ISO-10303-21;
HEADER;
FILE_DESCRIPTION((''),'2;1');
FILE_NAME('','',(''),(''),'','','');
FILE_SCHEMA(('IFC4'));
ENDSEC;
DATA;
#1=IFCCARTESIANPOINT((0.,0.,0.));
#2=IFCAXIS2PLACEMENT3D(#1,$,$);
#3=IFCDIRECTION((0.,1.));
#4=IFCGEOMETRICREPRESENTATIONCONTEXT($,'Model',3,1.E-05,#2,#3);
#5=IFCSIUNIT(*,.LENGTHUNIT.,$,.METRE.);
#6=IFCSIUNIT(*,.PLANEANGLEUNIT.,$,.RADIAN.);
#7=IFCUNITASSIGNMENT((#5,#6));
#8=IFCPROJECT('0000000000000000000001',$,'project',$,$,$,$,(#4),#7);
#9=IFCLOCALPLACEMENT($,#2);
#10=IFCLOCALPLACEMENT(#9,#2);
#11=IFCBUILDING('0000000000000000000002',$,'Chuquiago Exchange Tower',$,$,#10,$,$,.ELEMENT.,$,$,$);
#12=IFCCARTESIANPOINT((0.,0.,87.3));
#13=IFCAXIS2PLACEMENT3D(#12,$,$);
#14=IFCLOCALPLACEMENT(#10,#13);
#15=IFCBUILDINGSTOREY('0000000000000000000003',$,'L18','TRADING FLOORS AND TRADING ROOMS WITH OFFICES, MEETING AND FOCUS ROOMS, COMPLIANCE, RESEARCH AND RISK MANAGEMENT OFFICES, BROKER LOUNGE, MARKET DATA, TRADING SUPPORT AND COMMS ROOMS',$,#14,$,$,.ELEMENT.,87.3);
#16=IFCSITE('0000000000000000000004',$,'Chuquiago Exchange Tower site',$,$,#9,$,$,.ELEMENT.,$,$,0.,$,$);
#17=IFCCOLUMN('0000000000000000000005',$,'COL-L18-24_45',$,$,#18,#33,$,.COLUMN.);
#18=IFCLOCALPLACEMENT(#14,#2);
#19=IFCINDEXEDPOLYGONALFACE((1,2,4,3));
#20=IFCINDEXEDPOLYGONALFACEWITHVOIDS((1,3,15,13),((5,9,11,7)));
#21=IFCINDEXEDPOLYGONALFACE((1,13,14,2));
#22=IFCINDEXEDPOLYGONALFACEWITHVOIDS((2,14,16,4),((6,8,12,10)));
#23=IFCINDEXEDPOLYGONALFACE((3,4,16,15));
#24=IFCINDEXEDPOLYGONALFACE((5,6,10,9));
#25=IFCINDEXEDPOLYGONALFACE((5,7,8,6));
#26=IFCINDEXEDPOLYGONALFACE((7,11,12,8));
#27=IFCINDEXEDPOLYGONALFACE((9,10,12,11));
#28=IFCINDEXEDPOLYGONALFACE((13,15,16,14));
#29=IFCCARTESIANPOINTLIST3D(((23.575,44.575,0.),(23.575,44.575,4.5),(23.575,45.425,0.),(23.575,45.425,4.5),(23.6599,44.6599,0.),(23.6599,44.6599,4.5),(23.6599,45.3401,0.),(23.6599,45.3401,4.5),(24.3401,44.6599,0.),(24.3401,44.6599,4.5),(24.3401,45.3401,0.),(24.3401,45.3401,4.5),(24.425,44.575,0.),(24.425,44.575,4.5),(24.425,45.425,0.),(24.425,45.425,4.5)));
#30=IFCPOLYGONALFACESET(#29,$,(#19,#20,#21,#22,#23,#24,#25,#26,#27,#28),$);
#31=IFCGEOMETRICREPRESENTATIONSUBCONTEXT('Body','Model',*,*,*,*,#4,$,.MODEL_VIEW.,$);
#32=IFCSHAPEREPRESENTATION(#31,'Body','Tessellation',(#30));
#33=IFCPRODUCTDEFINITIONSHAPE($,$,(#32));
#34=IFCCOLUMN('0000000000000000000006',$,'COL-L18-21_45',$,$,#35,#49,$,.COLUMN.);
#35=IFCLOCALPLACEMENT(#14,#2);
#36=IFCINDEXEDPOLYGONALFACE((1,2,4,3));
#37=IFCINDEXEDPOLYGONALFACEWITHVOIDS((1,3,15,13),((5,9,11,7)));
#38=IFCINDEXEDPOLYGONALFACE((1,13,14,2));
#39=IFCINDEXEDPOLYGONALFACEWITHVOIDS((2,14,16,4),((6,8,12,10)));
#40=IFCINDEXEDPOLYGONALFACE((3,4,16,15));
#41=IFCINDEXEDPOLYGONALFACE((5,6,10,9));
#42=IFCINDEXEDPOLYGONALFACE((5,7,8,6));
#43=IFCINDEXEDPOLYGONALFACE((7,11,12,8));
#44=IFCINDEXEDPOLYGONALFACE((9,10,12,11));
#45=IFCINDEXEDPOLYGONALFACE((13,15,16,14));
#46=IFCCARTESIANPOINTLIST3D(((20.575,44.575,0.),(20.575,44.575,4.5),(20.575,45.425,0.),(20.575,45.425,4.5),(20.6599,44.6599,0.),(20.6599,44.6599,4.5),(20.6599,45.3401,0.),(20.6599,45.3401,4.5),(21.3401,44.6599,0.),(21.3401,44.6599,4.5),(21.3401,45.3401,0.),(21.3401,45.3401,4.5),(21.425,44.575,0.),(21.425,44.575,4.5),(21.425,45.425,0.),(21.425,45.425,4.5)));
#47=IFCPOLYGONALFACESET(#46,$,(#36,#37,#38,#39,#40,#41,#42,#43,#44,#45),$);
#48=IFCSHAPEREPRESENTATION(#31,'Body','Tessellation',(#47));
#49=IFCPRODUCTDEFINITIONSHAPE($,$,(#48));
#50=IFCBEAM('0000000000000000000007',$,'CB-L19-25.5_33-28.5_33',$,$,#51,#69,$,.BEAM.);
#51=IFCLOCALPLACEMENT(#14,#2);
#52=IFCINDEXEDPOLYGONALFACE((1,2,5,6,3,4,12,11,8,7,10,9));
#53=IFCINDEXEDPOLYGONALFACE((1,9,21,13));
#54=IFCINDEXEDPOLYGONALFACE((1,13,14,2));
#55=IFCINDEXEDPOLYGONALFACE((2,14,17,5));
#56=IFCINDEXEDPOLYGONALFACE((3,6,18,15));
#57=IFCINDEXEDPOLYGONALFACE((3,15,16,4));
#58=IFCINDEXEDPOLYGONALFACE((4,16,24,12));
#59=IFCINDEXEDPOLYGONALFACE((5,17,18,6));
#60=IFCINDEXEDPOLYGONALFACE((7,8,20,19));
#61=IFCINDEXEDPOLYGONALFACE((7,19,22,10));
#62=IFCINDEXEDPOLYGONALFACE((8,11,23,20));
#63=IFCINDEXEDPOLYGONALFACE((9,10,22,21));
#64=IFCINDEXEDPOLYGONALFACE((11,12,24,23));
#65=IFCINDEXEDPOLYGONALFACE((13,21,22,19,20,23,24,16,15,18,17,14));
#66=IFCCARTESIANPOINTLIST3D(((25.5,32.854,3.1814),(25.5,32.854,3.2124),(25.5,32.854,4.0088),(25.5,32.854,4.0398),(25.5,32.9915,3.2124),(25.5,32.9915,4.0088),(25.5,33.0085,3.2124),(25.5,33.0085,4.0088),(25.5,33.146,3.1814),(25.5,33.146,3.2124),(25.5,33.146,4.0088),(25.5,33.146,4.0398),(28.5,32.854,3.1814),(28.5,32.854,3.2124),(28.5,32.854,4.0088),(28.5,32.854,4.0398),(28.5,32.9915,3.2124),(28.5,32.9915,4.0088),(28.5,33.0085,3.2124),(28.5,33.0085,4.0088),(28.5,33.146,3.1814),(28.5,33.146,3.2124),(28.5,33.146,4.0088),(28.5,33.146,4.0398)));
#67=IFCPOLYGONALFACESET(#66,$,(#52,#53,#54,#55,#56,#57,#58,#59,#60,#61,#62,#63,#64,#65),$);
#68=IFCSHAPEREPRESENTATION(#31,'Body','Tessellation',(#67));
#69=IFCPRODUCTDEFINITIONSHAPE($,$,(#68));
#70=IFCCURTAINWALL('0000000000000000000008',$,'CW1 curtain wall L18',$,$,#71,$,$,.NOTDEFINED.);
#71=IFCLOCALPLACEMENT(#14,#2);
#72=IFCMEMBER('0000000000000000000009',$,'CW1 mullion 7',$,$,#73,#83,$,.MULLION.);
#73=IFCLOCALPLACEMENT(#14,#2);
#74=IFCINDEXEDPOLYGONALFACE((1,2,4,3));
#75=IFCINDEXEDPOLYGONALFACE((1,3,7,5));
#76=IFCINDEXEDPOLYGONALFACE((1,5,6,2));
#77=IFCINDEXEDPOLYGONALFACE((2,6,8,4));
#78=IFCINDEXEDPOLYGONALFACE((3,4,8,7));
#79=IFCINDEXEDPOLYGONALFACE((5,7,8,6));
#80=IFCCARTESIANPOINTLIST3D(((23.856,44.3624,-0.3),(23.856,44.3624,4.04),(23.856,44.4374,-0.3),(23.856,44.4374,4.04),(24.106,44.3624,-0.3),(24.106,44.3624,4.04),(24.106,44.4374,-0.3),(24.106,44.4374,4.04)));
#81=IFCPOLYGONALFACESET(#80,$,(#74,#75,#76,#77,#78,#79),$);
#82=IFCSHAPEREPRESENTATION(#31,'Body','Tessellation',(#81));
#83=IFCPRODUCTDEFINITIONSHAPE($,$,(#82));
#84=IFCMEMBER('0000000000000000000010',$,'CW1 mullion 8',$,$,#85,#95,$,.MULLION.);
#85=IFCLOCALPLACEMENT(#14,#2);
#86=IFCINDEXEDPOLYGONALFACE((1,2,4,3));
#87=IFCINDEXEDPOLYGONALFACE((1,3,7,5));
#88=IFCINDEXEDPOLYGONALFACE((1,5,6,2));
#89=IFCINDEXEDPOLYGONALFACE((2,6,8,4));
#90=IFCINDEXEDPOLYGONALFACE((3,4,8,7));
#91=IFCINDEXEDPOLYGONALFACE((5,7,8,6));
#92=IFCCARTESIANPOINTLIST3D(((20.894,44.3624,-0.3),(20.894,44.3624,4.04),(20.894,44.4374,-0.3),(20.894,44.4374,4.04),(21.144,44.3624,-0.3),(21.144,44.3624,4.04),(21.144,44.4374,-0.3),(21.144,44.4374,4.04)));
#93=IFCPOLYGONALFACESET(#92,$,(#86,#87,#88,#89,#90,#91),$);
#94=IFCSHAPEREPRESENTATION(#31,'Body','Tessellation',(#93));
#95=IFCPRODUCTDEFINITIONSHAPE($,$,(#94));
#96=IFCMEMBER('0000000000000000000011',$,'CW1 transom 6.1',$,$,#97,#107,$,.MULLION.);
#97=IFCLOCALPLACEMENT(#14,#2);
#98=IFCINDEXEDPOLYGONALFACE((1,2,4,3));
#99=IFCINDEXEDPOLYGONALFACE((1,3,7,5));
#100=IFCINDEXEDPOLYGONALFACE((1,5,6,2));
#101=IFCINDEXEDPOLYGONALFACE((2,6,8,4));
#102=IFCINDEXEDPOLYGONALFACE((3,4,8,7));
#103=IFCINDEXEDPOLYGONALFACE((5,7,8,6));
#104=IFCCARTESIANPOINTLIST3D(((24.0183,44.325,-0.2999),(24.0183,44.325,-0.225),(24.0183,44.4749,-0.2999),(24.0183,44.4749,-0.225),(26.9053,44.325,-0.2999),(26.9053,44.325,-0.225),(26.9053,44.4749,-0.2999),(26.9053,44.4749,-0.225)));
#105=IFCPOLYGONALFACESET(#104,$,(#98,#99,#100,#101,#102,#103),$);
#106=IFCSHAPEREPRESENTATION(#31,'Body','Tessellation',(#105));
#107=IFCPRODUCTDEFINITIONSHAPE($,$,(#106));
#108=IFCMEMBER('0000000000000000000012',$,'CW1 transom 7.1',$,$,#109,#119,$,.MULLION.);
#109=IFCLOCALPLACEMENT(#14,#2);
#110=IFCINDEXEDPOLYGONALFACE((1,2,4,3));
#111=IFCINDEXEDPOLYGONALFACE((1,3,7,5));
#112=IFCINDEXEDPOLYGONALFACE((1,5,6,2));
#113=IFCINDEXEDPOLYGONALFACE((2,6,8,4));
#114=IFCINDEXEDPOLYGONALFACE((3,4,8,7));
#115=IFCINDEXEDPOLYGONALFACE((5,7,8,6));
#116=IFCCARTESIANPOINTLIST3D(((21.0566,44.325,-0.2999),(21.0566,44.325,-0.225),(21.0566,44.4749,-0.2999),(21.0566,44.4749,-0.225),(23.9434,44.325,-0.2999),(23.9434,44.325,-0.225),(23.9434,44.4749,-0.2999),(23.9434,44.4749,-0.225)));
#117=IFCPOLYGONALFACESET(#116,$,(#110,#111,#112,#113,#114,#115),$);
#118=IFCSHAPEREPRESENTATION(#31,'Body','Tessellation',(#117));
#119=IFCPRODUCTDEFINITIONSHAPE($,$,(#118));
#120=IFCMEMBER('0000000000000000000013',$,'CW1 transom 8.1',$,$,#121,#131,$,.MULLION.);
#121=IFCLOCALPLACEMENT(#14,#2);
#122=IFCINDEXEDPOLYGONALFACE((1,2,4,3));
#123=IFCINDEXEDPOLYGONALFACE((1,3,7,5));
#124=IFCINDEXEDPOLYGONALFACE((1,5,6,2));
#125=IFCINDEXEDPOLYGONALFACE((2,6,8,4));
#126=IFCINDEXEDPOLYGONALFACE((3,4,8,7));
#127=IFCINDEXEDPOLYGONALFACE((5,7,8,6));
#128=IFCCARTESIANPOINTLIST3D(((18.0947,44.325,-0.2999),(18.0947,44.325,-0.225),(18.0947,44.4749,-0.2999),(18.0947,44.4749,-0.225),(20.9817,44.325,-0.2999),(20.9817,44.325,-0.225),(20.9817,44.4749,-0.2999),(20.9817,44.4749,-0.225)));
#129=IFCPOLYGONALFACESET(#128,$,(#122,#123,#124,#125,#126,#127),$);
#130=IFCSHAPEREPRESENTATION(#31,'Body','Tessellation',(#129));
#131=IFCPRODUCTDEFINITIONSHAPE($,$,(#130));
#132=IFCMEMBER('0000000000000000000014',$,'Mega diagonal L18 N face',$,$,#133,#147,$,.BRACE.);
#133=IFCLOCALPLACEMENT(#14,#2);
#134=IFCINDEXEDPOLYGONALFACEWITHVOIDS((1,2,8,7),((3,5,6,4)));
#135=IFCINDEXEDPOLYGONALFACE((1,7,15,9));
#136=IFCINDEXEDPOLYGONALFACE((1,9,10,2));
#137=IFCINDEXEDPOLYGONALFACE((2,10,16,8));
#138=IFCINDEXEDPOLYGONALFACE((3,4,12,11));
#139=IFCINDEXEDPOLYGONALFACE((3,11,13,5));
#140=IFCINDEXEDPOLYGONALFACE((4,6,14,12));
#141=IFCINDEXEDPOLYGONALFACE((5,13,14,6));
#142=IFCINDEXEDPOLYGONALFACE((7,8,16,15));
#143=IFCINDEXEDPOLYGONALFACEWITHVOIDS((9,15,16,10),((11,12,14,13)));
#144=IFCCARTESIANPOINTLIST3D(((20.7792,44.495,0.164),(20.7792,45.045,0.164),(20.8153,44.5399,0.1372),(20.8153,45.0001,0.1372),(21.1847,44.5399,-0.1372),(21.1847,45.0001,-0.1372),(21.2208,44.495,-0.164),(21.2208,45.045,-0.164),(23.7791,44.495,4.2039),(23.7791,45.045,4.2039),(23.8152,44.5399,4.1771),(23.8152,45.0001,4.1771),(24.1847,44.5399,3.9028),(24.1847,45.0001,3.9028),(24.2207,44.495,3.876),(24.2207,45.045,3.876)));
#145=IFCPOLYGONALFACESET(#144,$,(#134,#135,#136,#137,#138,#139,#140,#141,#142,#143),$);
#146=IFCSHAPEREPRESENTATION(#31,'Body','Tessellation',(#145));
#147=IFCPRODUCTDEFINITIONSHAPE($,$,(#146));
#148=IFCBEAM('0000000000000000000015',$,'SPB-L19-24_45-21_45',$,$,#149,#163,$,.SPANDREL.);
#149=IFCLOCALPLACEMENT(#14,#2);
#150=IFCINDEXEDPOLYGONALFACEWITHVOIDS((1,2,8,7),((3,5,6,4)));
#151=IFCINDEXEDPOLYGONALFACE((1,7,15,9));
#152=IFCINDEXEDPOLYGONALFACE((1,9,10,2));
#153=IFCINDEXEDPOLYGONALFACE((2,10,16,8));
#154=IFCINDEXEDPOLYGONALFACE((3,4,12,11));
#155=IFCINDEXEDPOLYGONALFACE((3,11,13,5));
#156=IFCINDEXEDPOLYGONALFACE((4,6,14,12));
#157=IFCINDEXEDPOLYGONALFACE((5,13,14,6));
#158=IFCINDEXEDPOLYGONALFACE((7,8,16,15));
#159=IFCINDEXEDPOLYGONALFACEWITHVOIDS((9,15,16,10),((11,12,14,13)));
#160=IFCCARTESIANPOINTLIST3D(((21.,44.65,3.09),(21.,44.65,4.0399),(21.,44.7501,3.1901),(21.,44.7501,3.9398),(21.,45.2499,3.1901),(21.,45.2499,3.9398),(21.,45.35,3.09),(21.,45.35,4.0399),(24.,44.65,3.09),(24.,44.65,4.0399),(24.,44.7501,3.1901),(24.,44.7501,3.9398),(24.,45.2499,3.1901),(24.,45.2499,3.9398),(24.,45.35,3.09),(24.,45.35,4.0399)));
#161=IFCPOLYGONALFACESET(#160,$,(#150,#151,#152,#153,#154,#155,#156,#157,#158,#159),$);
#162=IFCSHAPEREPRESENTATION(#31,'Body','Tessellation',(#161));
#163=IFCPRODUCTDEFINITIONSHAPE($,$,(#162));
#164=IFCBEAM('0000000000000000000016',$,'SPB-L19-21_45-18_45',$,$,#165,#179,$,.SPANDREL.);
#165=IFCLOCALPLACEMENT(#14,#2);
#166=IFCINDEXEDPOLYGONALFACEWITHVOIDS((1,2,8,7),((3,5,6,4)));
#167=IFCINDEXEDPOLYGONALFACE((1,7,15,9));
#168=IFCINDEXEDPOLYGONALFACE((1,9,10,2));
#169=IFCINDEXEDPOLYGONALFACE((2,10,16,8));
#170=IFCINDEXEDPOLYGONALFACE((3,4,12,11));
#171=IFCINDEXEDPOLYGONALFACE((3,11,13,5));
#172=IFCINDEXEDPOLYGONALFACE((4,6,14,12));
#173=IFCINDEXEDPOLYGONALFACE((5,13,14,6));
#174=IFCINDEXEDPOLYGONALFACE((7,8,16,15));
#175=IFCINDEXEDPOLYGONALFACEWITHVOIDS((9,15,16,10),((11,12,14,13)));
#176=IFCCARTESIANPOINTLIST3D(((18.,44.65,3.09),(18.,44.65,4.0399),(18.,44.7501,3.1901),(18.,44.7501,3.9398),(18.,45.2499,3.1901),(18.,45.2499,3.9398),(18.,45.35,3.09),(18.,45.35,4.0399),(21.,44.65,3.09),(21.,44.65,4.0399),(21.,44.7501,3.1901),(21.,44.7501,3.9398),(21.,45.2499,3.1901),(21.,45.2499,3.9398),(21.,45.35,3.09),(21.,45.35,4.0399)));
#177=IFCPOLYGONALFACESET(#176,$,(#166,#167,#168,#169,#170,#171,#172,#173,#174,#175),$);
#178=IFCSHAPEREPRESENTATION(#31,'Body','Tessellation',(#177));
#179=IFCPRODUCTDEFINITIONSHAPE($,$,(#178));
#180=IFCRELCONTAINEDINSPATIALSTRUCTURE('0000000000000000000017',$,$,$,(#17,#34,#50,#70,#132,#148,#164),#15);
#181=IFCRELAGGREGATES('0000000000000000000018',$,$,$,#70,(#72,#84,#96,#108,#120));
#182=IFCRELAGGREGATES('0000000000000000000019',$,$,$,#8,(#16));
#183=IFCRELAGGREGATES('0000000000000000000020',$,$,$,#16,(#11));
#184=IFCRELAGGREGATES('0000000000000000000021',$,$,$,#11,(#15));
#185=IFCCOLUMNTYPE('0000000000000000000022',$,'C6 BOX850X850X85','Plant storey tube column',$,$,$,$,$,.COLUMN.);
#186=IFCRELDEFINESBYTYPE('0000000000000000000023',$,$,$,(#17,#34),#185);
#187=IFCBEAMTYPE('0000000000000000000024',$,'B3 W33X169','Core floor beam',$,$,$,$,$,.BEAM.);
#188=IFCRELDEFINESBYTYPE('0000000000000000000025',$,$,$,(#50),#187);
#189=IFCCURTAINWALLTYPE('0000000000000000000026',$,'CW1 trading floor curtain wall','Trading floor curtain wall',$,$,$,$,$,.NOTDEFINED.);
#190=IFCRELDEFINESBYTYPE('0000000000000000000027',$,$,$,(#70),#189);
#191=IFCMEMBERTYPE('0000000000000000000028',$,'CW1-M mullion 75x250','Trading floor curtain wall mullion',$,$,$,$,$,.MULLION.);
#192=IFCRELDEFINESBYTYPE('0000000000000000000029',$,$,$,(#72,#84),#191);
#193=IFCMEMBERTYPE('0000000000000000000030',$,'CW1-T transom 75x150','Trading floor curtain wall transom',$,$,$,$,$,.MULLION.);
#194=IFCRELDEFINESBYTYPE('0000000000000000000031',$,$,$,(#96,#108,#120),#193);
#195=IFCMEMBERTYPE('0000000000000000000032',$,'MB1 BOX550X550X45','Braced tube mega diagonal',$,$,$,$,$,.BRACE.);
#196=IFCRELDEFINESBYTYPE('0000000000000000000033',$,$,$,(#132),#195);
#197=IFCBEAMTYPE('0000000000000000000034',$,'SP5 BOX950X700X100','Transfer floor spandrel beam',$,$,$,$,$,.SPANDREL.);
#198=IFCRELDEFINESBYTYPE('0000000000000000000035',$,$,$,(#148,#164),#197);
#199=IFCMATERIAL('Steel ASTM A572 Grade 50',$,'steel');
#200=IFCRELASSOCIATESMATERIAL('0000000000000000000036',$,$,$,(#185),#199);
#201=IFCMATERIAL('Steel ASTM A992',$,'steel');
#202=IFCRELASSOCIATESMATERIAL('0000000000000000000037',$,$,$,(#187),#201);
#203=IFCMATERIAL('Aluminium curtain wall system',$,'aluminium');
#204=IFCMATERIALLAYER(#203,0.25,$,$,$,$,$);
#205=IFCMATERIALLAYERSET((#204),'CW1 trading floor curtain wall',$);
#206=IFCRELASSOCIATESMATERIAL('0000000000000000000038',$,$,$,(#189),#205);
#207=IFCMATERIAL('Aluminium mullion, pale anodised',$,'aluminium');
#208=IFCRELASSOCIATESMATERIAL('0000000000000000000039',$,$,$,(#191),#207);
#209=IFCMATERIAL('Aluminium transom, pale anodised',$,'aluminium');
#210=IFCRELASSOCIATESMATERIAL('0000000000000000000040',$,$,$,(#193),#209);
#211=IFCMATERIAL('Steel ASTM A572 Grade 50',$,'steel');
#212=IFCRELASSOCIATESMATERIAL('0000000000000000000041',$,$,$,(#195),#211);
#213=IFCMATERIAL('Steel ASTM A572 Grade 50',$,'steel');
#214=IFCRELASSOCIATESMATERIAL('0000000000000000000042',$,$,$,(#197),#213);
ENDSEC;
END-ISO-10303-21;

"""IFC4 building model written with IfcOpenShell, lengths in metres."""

from ifc_helpers import new_model, si_unit, direction, frame, origin, origin_2d, place, context, subcontext, project, spatial, rectangle, hollow_rectangle, i_section, extrude, material, layer, layer_set, material_profile, profile_set, type_object, element, aggregate, save


model = new_model("IFC4")

# Units and contexts
model_context = context("Model", 3, precision=1e-05, world=origin(), true_north=direction((0.0, 1.0)))
body_context = subcontext(model_context, "Body", "Model", "MODEL_VIEW")
ifc_project = project(units=[si_unit("LENGTHUNIT", "METRE"), si_unit("PLANEANGLEUNIT", "RADIAN")], contexts=[model_context])

# Site, building, storey
site_placement = place(None, origin())
site = spatial("IfcSite", under=ifc_project, at=site_placement, Name="Chuquiago Exchange Tower site", CompositionType="ELEMENT", RefElevation=0.0)
building_placement = place(site_placement, origin())
building = spatial("IfcBuilding", under=site, at=building_placement, Name="Chuquiago Exchange Tower", CompositionType="ELEMENT")
storey_placement = place(building_placement, frame((0.0, 0.0, 87.3)))
storey = spatial("IfcBuildingStorey", under=building, at=storey_placement, Name="L18", Description="TRADING FLOORS AND TRADING ROOMS WITH OFFICES, MEETING AND FOCUS ROOMS, COMPLIANCE, RESEARCH AND RISK MANAGEMENT OFFICES, BROKER LOUNGE, MARKET DATA, TRADING SUPPORT AND COMMS ROOMS", CompositionType="ELEMENT", Elevation=87.3)

# Columns
ifc_material_1 = material(Name="Steel ASTM A572 Grade 50", Category="steel")
ifc_material_profile_1 = material_profile(ifc_material_1, hollow_rectangle(XDim=0.8501, YDim=0.8501, WallThickness=0.085, at=origin_2d()), Name="BOX850X850X85")
ifc_profile_set_1 = profile_set([ifc_material_profile_1], Name="Steel ASTM A572 Grade 50")
column_type = type_object("IfcColumnType", Name="C6 BOX850X850X85", Description="Plant storey tube column", PredefinedType="COLUMN", material=ifc_profile_set_1)
for number, where, z_axis, x_axis, name in (
    (1, (24.0, 45.0, 0.0), (0.0, 0.0, 1.0), (0.0, 1.0, 0.0), "COL-L18-24_45"),
    (2, (21.0, 45.0, 0.0), (0.0, 0.0, 1.0), (0.0, 1.0, 0.0), "COL-L18-21_45"),
):
    element("IfcColumn", number, at=place(storey_placement, frame(where, z_axis=z_axis, x_axis=x_axis)), inside=storey, type_object=column_type, Name=name, PredefinedType="COLUMN", context=body_context, shape_type="SweptSolid", body=[
        extrude(hollow_rectangle(XDim=0.8501, YDim=0.8501, WallThickness=0.085, at=origin_2d()), origin(), (0.0, 0.0, 1.0), 4.5),
    ])

# Beam
ifc_material_2 = material(Name="Steel ASTM A992", Category="steel")
ifc_material_profile_2 = material_profile(ifc_material_2, i_section(OverallWidth=0.292, OverallDepth=0.8584, WebThickness=0.0171, FlangeThickness=0.031, at=origin_2d()), Name="W33X169")
ifc_profile_set_2 = profile_set([ifc_material_profile_2], Name="Steel ASTM A992")
beam_type_1 = type_object("IfcBeamType", Name="B3 W33X169", Description="Core floor beam", PredefinedType="BEAM", material=ifc_profile_set_2)
beam_placement = place(storey_placement, frame((25.5, 33.0, 3.6106), z_axis=(1.0, 0.0, 0.0), x_axis=(0.0, 1.0, 0.0)))
element("IfcBeam", 3, at=beam_placement, inside=storey, type_object=beam_type_1, Name="CB-L19-25.5_33-28.5_33", PredefinedType="BEAM", context=body_context, shape_type="SweptSolid", body=[
    extrude(i_section(OverallWidth=0.292, OverallDepth=0.8584, WebThickness=0.0171, FlangeThickness=0.031, at=origin_2d()), origin(), (0.0, 0.0, 1.0), 3.0),
])

# Curtain wall, members
ifc_material_3 = material(Name="Aluminium curtain wall system", Category="aluminium")
ifc_layer_1 = layer(ifc_material_3, 0.25)
ifc_layer_set_1 = layer_set([ifc_layer_1], Name="CW1 trading floor curtain wall")
curtain_wall_type = type_object("IfcCurtainWallType", Name="CW1 trading floor curtain wall", Description="Trading floor curtain wall", PredefinedType="NOTDEFINED", material=ifc_layer_set_1)
curtain_wall_placement = place(storey_placement, origin())
curtain_wall = element("IfcCurtainWall", 4, at=curtain_wall_placement, inside=storey, type_object=curtain_wall_type, Name="CW1 curtain wall L18", PredefinedType="NOTDEFINED")
ifc_material_4 = material(Name="Aluminium mullion, pale anodised", Category="aluminium")
ifc_material_profile_3 = material_profile(ifc_material_4, rectangle(XDim=0.075, YDim=0.25, at=origin_2d()), Name="AL 75x250")
ifc_profile_set_3 = profile_set([ifc_material_profile_3], Name="Aluminium mullion, pale anodised")
member_type_1 = type_object("IfcMemberType", Name="CW1-M mullion 75x250", Description="Trading floor curtain wall mullion", PredefinedType="MULLION", material=ifc_profile_set_3)
member_1_placement = place(storey_placement, frame((23.981, 44.3999, -0.3), z_axis=(0.0, 0.0, 1.0), x_axis=(0.0, -1.0, 0.0)))
member_1 = element("IfcMember", 5, at=member_1_placement, type_object=member_type_1, Name="CW1 mullion 7", PredefinedType="MULLION", context=body_context, shape_type="SweptSolid", body=[
    extrude(rectangle(XDim=0.075, YDim=0.25, at=origin_2d()), origin(), (0.0, 0.0, 1.0), 4.3401),
])
member_2_placement = place(storey_placement, frame((21.019, 44.3999, -0.3), z_axis=(0.0, 0.0, 1.0), x_axis=(0.0, -1.0, 0.0)))
member_2 = element("IfcMember", 6, at=member_2_placement, type_object=member_type_1, Name="CW1 mullion 8", PredefinedType="MULLION", context=body_context, shape_type="SweptSolid", body=[
    extrude(rectangle(XDim=0.075, YDim=0.25, at=origin_2d()), origin(), (0.0, 0.0, 1.0), 4.3401),
])
ifc_material_5 = material(Name="Aluminium transom, pale anodised", Category="aluminium")
ifc_material_profile_4 = material_profile(ifc_material_5, rectangle(XDim=0.1499, YDim=0.075, at=origin_2d()), Name="AL 150x75")
ifc_profile_set_4 = profile_set([ifc_material_profile_4], Name="Aluminium transom, pale anodised")
member_type_2 = type_object("IfcMemberType", Name="CW1-T transom 75x150", Description="Trading floor curtain wall transom", PredefinedType="MULLION", material=ifc_profile_set_4)
member_3_placement = place(storey_placement, frame((26.9053, 44.3999, -0.2625), z_axis=(-1.0, 0.0, 0.0), x_axis=(0.0, -1.0, 0.0)))
member_3 = element("IfcMember", 7, at=member_3_placement, type_object=member_type_2, Name="CW1 transom 6.1", PredefinedType="MULLION", context=body_context, shape_type="SweptSolid", body=[
    extrude(rectangle(XDim=0.1499, YDim=0.075, at=origin_2d()), origin(), (0.0, 0.0, 1.0), 2.887),
])
member_4_placement = place(storey_placement, frame((23.9434, 44.3999, -0.2625), z_axis=(-1.0, 0.0, 0.0), x_axis=(0.0, -1.0, 0.0)))
member_4 = element("IfcMember", 8, at=member_4_placement, type_object=member_type_2, Name="CW1 transom 7.1", PredefinedType="MULLION", context=body_context, shape_type="SweptSolid", body=[
    extrude(rectangle(XDim=0.1499, YDim=0.075, at=origin_2d()), origin(), (0.0, 0.0, 1.0), 2.8867),
])
member_5_placement = place(storey_placement, frame((20.9817, 44.3999, -0.2625), z_axis=(-1.0, 0.0, 0.0), x_axis=(0.0, -1.0, 0.0)))
member_5 = element("IfcMember", 9, at=member_5_placement, type_object=member_type_2, Name="CW1 transom 8.1", PredefinedType="MULLION", context=body_context, shape_type="SweptSolid", body=[
    extrude(rectangle(XDim=0.1499, YDim=0.075, at=origin_2d()), origin(), (0.0, 0.0, 1.0), 2.887),
])

# Member
ifc_material_6 = material(Name="Steel ASTM A572 Grade 50", Category="steel")
ifc_material_profile_5 = material_profile(ifc_material_6, hollow_rectangle(XDim=0.55, YDim=0.55, WallThickness=0.0449, at=origin_2d()), Name="BOX550X550X45")
ifc_profile_set_5 = profile_set([ifc_material_profile_5], Name="Steel ASTM A572 Grade 50")
member_type_3 = type_object("IfcMemberType", Name="MB1 BOX550X550X45", Description="Braced tube mega diagonal", PredefinedType="BRACE", material=ifc_profile_set_5)
member_6_placement = place(storey_placement, frame((21.0, 44.77, 0.0), z_axis=(0.596174, 0.0, 0.802855), x_axis=(0.0, 1.0, 0.0)))
element("IfcMember", 10, at=member_6_placement, inside=storey, type_object=member_type_3, Name="Mega diagonal L18 N face", PredefinedType="BRACE", context=body_context, shape_type="SweptSolid", body=[
    extrude(hollow_rectangle(XDim=0.55, YDim=0.55, WallThickness=0.0449, at=origin_2d()), origin(), (0.0, 0.0, 1.0), 5.032),
])

# Beams
ifc_material_7 = material(Name="Steel ASTM A572 Grade 50", Category="steel")
ifc_material_profile_6 = material_profile(ifc_material_7, hollow_rectangle(XDim=0.7, YDim=0.95, WallThickness=0.1001, at=origin_2d()), Name="BOX950X700X100")
ifc_profile_set_6 = profile_set([ifc_material_profile_6], Name="Steel ASTM A572 Grade 50")
beam_type_2 = type_object("IfcBeamType", Name="SP5 BOX950X700X100", Description="Transfer floor spandrel beam", PredefinedType="SPANDREL", material=ifc_profile_set_6)
for number, where, z_axis, x_axis, name in (
    (11, (24.0, 45.0, 3.5649), (-1.0, 0.0, 0.0), (0.0, -1.0, 0.0), "SPB-L19-24_45-21_45"),
    (12, (21.0, 45.0, 3.5649), (-1.0, 0.0, 0.0), (0.0, -1.0, 0.0), "SPB-L19-21_45-18_45"),
):
    element("IfcBeam", number, at=place(storey_placement, frame(where, z_axis=z_axis, x_axis=x_axis)), inside=storey, type_object=beam_type_2, Name=name, PredefinedType="SPANDREL", context=body_context, shape_type="SweptSolid", body=[
        extrude(hollow_rectangle(XDim=0.7, YDim=0.95, WallThickness=0.1001, at=origin_2d()), origin(), (0.0, 0.0, 1.0), 3.0),
    ])

aggregate(curtain_wall, [member_1, member_2, member_3, member_4, member_5])

save(model, "model.ifc")
